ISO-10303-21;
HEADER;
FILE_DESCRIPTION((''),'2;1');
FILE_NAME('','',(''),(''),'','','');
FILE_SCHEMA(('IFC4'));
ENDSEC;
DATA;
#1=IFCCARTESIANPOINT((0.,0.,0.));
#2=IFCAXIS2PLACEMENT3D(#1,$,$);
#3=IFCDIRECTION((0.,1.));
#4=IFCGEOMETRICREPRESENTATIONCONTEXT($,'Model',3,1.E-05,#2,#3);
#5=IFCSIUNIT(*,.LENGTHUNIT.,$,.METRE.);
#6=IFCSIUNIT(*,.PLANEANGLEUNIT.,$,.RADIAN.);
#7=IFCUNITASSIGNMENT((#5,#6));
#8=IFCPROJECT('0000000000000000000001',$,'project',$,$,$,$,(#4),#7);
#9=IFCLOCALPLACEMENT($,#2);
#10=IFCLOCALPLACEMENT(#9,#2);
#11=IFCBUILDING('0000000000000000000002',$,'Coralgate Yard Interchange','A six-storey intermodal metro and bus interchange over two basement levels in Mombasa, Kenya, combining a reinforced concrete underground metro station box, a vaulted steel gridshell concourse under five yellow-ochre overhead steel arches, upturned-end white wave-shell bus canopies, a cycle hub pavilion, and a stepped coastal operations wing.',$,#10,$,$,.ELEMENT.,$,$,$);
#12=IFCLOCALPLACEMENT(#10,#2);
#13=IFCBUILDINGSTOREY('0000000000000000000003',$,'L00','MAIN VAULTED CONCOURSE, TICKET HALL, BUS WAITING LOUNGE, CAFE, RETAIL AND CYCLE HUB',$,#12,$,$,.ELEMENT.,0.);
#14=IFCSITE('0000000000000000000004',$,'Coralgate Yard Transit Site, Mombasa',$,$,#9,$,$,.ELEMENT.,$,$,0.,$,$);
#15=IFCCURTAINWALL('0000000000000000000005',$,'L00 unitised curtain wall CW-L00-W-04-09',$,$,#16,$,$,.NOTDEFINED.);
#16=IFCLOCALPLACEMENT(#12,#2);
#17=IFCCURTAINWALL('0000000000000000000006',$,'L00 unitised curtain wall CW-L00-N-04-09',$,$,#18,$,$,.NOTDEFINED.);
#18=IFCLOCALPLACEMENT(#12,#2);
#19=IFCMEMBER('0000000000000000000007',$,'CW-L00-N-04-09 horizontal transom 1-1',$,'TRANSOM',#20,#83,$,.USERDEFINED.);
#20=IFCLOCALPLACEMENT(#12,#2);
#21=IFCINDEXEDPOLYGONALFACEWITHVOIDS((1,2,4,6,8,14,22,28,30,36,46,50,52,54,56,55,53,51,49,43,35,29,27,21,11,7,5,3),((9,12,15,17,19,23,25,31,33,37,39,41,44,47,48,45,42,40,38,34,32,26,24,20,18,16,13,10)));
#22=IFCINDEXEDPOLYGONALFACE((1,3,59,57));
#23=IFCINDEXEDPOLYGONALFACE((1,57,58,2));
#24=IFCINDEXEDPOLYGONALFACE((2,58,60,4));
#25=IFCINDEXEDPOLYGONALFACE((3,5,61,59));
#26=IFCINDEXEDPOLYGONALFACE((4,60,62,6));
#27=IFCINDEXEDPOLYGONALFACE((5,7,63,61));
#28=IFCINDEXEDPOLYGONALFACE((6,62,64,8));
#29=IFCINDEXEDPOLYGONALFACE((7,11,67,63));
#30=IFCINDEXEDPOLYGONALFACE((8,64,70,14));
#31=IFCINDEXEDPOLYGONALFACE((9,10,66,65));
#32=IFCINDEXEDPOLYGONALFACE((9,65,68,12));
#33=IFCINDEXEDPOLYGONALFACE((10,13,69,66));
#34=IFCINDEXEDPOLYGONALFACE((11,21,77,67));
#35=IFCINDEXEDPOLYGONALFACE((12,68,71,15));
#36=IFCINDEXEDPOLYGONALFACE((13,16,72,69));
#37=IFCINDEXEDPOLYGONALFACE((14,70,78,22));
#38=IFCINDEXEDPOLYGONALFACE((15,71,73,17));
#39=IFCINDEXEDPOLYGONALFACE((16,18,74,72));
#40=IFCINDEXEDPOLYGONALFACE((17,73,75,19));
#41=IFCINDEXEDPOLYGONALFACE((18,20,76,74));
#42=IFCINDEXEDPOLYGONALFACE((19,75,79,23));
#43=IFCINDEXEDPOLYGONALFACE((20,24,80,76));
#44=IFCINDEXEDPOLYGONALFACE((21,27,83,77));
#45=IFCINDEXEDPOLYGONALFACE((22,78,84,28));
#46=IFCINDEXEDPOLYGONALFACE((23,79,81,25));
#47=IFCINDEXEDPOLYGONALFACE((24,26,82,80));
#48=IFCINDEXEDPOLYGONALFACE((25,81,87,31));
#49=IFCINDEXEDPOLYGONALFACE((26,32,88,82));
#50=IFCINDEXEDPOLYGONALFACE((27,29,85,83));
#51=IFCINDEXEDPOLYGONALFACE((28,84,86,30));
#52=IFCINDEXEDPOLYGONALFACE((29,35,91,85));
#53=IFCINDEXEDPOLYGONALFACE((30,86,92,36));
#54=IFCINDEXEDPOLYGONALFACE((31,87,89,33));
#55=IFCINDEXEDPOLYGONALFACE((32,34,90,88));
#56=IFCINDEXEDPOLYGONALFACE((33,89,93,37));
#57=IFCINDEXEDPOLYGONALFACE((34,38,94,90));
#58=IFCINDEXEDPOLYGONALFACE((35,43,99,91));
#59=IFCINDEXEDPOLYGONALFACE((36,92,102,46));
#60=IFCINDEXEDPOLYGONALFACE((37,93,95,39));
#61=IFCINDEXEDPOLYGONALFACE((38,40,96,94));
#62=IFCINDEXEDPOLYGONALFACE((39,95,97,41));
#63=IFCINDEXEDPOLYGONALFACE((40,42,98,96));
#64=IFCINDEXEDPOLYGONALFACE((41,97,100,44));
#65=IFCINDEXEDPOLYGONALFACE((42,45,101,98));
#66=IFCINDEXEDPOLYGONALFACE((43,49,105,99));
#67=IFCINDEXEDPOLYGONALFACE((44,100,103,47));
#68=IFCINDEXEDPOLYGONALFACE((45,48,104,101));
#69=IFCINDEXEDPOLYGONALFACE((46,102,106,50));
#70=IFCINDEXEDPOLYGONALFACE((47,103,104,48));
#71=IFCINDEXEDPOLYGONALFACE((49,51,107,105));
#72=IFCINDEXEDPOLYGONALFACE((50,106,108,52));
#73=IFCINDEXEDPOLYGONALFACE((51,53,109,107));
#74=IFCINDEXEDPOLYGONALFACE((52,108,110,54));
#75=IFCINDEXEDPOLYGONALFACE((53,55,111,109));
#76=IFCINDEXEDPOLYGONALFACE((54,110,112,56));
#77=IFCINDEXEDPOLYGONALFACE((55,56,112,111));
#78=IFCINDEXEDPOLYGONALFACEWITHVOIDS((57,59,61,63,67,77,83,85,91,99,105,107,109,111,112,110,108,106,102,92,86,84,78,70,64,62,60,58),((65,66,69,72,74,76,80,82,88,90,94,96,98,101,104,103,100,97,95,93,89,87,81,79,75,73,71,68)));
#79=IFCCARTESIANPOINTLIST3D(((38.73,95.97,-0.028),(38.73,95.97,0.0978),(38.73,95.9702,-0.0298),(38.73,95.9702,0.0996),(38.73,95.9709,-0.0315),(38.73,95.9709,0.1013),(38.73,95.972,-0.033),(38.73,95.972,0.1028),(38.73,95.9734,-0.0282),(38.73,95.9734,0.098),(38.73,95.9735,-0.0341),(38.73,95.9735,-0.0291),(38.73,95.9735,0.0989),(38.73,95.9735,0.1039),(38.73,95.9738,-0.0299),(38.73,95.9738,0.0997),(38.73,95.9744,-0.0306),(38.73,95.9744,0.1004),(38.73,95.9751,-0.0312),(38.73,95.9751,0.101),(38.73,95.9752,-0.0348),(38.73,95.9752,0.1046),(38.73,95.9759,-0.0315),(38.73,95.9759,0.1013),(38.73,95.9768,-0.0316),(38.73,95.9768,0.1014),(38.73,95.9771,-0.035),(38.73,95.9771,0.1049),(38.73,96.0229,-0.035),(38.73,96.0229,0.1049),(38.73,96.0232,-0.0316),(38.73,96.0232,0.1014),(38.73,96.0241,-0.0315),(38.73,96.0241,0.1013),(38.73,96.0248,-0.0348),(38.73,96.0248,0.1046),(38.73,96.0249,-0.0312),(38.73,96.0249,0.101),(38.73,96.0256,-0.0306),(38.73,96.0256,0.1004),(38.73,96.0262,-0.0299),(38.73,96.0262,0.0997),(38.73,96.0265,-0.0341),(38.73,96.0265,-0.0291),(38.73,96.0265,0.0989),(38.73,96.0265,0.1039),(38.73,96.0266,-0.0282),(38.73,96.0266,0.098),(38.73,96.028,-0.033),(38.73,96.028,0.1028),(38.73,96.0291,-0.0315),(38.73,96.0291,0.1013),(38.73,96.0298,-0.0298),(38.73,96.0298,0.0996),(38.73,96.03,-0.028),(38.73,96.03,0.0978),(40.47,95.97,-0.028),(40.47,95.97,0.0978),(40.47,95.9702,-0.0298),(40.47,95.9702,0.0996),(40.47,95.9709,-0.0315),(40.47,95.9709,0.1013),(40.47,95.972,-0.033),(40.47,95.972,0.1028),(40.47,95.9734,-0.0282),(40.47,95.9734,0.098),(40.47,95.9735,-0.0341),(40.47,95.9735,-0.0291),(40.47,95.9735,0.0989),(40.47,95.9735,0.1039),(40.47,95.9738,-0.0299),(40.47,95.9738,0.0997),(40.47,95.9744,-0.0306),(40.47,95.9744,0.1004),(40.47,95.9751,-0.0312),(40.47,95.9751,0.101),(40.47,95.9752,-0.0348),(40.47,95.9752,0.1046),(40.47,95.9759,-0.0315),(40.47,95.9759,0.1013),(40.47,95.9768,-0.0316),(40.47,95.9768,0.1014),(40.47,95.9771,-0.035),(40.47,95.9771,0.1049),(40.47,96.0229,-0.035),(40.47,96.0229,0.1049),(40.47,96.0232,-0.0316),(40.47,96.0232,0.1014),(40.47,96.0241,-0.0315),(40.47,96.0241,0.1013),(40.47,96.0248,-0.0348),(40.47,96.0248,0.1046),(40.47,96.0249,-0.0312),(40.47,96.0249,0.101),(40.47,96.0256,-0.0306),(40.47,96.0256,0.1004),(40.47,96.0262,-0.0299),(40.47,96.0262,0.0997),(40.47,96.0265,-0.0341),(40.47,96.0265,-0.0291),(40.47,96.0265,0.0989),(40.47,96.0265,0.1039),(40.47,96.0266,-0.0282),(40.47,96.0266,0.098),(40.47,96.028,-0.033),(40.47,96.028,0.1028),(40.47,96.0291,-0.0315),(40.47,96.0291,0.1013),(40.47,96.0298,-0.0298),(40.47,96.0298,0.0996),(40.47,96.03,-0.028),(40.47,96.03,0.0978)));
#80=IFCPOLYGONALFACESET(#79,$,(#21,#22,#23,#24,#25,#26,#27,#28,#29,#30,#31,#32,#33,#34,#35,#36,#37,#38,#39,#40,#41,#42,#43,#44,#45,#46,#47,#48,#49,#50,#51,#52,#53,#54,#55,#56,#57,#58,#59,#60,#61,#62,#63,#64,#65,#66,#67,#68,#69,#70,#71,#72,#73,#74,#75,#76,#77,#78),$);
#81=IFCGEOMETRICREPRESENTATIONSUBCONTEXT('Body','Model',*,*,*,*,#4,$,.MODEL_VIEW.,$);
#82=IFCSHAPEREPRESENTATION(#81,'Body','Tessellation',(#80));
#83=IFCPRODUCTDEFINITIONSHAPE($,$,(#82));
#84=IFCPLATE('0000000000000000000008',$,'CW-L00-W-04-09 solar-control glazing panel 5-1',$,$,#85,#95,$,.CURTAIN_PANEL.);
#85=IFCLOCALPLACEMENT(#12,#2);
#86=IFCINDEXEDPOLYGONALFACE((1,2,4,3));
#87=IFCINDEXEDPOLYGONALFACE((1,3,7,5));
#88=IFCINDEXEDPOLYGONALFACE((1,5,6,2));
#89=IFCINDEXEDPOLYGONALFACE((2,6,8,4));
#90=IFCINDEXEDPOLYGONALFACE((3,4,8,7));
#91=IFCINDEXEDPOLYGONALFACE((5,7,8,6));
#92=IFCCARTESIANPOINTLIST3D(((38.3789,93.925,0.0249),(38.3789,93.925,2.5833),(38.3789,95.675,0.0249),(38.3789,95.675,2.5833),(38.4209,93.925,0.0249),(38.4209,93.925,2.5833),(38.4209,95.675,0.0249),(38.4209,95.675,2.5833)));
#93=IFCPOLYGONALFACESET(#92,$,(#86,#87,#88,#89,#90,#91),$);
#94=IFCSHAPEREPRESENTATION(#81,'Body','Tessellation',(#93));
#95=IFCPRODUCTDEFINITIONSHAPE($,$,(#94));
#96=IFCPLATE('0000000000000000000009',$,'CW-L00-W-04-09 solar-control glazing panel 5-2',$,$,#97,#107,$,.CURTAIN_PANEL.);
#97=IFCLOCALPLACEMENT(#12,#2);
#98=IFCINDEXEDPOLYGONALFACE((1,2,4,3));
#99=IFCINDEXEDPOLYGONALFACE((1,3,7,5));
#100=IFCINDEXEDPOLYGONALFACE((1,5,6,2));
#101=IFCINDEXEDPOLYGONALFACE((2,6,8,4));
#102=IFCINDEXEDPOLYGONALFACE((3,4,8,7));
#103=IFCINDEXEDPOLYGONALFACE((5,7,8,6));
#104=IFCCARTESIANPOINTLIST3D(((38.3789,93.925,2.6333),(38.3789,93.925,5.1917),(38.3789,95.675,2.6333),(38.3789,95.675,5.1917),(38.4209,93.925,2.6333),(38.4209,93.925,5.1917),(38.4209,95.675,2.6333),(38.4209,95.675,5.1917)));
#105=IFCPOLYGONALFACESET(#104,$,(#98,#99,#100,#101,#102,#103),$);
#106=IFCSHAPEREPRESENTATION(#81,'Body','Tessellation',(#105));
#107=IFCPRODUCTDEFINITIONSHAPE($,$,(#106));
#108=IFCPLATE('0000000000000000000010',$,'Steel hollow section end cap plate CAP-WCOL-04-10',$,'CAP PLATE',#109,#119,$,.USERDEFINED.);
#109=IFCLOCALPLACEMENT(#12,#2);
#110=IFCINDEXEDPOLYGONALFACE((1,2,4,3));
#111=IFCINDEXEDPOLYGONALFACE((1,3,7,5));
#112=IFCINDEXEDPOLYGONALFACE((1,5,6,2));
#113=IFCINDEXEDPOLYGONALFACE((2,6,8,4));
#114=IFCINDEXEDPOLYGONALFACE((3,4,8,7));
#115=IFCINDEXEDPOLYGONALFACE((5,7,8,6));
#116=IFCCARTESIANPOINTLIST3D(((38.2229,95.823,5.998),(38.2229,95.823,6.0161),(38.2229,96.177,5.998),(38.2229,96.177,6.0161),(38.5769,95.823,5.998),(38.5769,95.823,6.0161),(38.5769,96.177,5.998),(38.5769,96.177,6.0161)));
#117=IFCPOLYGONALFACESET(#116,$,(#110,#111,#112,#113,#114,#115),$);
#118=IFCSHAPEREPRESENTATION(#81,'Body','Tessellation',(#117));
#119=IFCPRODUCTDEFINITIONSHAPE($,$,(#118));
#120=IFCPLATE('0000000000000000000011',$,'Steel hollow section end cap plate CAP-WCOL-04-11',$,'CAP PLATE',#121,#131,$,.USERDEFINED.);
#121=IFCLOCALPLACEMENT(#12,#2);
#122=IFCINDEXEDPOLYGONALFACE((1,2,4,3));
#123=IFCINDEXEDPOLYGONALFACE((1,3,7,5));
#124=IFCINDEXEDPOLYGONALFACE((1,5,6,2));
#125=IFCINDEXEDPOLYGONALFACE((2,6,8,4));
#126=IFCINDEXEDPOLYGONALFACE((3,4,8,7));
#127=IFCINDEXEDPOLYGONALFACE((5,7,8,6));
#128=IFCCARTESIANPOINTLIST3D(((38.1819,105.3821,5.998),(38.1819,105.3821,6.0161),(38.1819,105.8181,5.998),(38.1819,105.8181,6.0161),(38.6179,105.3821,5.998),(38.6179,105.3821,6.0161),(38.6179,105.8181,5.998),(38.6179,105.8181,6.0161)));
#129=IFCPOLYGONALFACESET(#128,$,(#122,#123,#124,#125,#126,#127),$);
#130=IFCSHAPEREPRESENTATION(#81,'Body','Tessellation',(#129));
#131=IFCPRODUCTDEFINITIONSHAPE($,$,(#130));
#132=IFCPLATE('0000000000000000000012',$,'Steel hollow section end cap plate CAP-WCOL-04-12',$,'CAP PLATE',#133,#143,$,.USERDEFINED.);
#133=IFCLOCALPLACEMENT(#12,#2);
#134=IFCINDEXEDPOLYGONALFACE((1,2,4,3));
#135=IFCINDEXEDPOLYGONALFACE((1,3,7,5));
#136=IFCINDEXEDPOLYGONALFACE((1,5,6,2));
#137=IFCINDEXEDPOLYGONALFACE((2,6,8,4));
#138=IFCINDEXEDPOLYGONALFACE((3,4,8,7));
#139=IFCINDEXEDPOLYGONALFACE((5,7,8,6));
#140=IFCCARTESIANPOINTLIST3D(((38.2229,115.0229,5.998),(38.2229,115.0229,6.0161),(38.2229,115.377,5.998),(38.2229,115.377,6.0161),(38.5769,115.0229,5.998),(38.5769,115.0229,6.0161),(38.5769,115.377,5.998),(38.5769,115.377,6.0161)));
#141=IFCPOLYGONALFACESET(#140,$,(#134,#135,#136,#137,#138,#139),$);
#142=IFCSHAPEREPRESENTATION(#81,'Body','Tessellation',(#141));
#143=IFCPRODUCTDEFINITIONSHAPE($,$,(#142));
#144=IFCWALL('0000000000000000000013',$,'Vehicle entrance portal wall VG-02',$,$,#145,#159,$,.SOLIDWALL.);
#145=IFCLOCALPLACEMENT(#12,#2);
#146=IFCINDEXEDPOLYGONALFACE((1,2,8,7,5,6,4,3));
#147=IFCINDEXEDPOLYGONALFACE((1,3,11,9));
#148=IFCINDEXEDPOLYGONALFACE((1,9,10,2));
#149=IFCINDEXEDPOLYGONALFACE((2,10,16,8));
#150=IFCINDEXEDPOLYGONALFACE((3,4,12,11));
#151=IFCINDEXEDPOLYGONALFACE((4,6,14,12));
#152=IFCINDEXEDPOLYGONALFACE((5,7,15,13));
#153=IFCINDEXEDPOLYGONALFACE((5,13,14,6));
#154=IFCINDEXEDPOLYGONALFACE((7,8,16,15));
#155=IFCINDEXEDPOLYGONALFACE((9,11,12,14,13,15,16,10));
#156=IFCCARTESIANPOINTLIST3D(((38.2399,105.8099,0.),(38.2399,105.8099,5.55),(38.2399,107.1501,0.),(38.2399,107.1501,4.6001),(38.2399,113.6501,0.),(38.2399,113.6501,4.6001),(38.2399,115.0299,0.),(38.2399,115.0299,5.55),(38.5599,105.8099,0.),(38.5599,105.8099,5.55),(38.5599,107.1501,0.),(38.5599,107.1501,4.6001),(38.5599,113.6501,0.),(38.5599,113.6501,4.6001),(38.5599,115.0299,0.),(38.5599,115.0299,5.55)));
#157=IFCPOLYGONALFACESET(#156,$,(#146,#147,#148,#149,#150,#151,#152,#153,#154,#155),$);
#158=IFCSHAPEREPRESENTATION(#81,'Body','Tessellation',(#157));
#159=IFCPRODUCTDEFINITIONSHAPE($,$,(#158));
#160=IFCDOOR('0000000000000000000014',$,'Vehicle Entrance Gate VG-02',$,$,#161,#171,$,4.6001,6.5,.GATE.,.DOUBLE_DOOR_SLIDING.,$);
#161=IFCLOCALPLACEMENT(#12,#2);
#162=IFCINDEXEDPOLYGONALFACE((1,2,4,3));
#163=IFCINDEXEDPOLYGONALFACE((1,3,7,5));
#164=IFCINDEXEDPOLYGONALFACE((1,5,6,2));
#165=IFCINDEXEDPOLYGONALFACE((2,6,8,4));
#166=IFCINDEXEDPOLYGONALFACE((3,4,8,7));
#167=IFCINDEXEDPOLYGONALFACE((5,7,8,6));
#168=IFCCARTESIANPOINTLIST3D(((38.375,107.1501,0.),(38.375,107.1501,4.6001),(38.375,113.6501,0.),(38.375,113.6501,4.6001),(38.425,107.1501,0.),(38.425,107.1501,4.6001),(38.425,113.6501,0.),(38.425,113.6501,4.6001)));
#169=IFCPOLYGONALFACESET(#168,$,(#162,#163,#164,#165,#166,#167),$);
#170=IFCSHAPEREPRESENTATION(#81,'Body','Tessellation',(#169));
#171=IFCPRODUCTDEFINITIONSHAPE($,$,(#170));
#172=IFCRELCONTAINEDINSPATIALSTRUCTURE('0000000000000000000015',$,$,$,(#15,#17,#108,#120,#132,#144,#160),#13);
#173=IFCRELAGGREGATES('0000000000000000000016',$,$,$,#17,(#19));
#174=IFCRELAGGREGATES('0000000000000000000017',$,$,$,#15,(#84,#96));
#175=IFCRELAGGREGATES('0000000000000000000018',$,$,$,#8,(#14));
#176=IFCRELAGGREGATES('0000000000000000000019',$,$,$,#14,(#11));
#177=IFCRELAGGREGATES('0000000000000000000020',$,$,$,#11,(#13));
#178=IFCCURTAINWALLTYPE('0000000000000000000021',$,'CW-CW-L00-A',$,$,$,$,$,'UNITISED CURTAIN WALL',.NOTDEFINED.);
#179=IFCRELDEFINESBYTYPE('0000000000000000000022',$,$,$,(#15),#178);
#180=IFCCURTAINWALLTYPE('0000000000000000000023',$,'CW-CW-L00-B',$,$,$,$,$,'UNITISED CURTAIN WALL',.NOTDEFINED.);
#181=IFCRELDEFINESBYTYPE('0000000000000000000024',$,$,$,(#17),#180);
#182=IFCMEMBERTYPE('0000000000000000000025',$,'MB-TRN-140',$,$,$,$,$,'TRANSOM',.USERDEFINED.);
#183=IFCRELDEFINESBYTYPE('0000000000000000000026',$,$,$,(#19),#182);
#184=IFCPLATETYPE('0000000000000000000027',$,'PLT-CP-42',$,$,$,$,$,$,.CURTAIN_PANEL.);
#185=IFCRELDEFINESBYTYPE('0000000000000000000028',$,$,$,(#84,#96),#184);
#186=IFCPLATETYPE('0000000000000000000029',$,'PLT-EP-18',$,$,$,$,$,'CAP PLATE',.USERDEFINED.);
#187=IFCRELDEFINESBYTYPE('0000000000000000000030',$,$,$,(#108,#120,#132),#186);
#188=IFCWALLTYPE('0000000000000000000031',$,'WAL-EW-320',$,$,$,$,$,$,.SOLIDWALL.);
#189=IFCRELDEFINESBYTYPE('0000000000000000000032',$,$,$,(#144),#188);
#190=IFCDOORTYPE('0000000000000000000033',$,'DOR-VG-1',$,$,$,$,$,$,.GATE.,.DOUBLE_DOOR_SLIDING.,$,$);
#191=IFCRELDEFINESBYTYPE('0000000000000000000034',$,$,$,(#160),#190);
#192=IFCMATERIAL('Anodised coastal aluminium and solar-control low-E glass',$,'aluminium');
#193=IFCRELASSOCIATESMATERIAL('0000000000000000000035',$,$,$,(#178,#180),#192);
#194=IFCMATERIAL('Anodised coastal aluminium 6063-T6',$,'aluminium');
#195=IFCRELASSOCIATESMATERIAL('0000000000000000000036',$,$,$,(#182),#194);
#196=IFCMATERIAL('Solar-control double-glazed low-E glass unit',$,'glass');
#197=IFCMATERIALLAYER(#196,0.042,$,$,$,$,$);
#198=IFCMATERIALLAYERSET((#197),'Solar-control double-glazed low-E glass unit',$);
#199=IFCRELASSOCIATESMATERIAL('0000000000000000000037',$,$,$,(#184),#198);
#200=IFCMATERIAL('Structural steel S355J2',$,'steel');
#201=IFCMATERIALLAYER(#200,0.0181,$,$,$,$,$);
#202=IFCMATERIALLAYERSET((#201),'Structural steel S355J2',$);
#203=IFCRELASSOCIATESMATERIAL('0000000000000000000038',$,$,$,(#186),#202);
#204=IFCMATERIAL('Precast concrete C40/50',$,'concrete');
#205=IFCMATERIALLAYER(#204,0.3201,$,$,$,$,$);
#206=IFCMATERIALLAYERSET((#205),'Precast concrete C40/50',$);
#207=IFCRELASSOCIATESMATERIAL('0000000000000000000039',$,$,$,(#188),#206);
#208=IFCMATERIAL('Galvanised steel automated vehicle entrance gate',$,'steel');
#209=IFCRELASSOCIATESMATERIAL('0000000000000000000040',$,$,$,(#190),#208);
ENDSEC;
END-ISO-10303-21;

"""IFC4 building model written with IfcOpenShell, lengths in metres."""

from ifc_helpers import new_model, si_unit, direction, frame, frame_2d, origin, origin_2d, place, context, subcontext, project, spatial, rectangle, hollow_rectangle, extrude, material, layer, layer_set, material_profile, profile_set, type_object, element, fill, aggregate, save


model = new_model("IFC4")

# Units and contexts
model_context = context("Model", 3, precision=1e-05, world=origin(), true_north=direction((0.0, 1.0)))
body_context = subcontext(model_context, "Body", "Model", "MODEL_VIEW")
ifc_project = project(units=[si_unit("LENGTHUNIT", "METRE"), si_unit("PLANEANGLEUNIT", "RADIAN")], contexts=[model_context])

# Site, building, storey
site_placement = place(None, origin())
site = spatial("IfcSite", under=ifc_project, at=site_placement, Name="Coralgate Yard Transit Site, Mombasa", CompositionType="ELEMENT", RefElevation=0.0)
building_placement = place(site_placement, origin())
building = spatial("IfcBuilding", under=site, at=building_placement, Name="Coralgate Yard Interchange", Description="A six-storey intermodal metro and bus interchange over two basement levels in Mombasa, Kenya, combining a reinforced concrete underground metro station box, a vaulted steel gridshell concourse under five yellow-ochre overhead steel arches, upturned-end white wave-shell bus canopies, a cycle hub pavilion, and a stepped coastal operations wing.", CompositionType="ELEMENT")
storey_placement = place(building_placement, origin())
storey = spatial("IfcBuildingStorey", under=building, at=storey_placement, Name="L00", Description="MAIN VAULTED CONCOURSE, TICKET HALL, BUS WAITING LOUNGE, CAFE, RETAIL AND CYCLE HUB", CompositionType="ELEMENT", Elevation=0.0)

# Shared definitions
ifc_material_1 = material(Name="Structural steel S355J2", Category="steel")

# Curtain wall
ifc_material_2 = material(Name="Anodised coastal aluminium and solar-control low-E glass", Category="aluminium")
curtain_wall_type_1 = type_object("IfcCurtainWallType", Name="CW-CW-L00-A", ElementType="UNITISED CURTAIN WALL", PredefinedType="NOTDEFINED", material=ifc_material_2)
curtain_wall_1_placement = place(storey_placement, origin())
curtain_wall_1 = element("IfcCurtainWall", 1, at=curtain_wall_1_placement, inside=storey, type_object=curtain_wall_type_1, Name="L00 unitised curtain wall CW-L00-W-04-09", PredefinedType="NOTDEFINED")
ifc_material_3 = material(Name="Anodised coastal aluminium 6063-T6", Category="aluminium")

# Curtain wall, member
curtain_wall_type_2 = type_object("IfcCurtainWallType", Name="CW-CW-L00-B", ElementType="UNITISED CURTAIN WALL", PredefinedType="NOTDEFINED", material=ifc_material_2)
curtain_wall_2_placement = place(storey_placement, origin())
curtain_wall_2 = element("IfcCurtainWall", 2, at=curtain_wall_2_placement, inside=storey, type_object=curtain_wall_type_2, Name="L00 unitised curtain wall CW-L00-N-04-09", PredefinedType="NOTDEFINED")
ifc_material_profile_1 = material_profile(ifc_material_3, hollow_rectangle(XDim=0.0601, YDim=0.1399, WallThickness=0.0034, InnerFilletRadius=0.0034, OuterFilletRadius=0.0071, at=origin_2d()), Name="ALU 60x140x3.5")
ifc_profile_set_1 = profile_set([ifc_material_profile_1], Name="Anodised coastal aluminium 6063-T6")
member_type_1 = type_object("IfcMemberType", Name="MB-TRN-140", ElementType="TRANSOM", PredefinedType="USERDEFINED", material=ifc_profile_set_1)
member_1_placement = place(storey_placement, frame((38.73, 96.0, 0.0349), z_axis=(1.0, 0.0, 0.0), x_axis=(0.0, 1.0, 0.0)))
member_1 = element("IfcMember", 3, at=member_1_placement, type_object=member_type_1, Name="CW-L00-N-04-09 horizontal transom 1-1", ObjectType="TRANSOM", PredefinedType="USERDEFINED", context=body_context, shape_type="SweptSolid", body=[
    extrude(hollow_rectangle(XDim=0.0601, YDim=0.1399, WallThickness=0.0034, InnerFilletRadius=0.0034, OuterFilletRadius=0.0071, at=origin_2d()), origin(), (0.0, 0.0, 1.0), 1.74),
])
aggregate(curtain_wall_2, [member_1])

# Plates
ifc_material_4 = material(Name="Solar-control double-glazed low-E glass unit", Category="glass")
ifc_layer_1 = layer(ifc_material_4, 0.042)
ifc_layer_set_1 = layer_set([ifc_layer_1], Name="Solar-control double-glazed low-E glass unit")
plate_type_1 = type_object("IfcPlateType", Name="PLT-CP-42", PredefinedType="CURTAIN_PANEL", material=ifc_layer_set_1)
plate_1_placement = place(storey_placement, frame((38.3999, 94.8, 0.0249), z_axis=(0.0, 0.0, 1.0), x_axis=(0.0, 1.0, 0.0)))
plate_1 = element("IfcPlate", 4, at=plate_1_placement, type_object=plate_type_1, Name="CW-L00-W-04-09 solar-control glazing panel 5-1", PredefinedType="CURTAIN_PANEL", context=body_context, shape_type="SweptSolid", body=[
    extrude(rectangle(XDim=1.75, YDim=0.042, at=origin_2d()), origin(), (0.0, 0.0, 1.0), 2.5583),
])
plate_2_placement = place(storey_placement, frame((38.3999, 94.8, 2.6333), z_axis=(0.0, 0.0, 1.0), x_axis=(0.0, 1.0, 0.0)))
plate_2 = element("IfcPlate", 5, at=plate_2_placement, type_object=plate_type_1, Name="CW-L00-W-04-09 solar-control glazing panel 5-2", PredefinedType="CURTAIN_PANEL", context=body_context, shape_type="SweptSolid", body=[
    extrude(rectangle(XDim=1.75, YDim=0.042, at=origin_2d()), origin(), (0.0, 0.0, 1.0), 2.5583),
])
aggregate(curtain_wall_1, [plate_1, plate_2])

# Plates
ifc_layer_2 = layer(ifc_material_1, 0.0181)
ifc_layer_set_2 = layer_set([ifc_layer_2], Name="Structural steel S355J2")
plate_type_2 = type_object("IfcPlateType", Name="PLT-EP-18", ElementType="CAP PLATE", PredefinedType="USERDEFINED", material=ifc_layer_set_2)
plate_3_placement = place(storey_placement, frame((38.3999, 96.0, 5.998), z_axis=(0.0, 0.0, 1.0), x_axis=(1.0, 0.0, 0.0)))
element("IfcPlate", 6, at=plate_3_placement, inside=storey, type_object=plate_type_2, Name="Steel hollow section end cap plate CAP-WCOL-04-10", ObjectType="CAP PLATE", PredefinedType="USERDEFINED", context=body_context, shape_type="SweptSolid", body=[
    extrude(rectangle(XDim=0.354, YDim=0.354, at=origin_2d()), origin(), (0.0, 0.0, 1.0), 0.0181),
])
plate_4_placement = place(storey_placement, frame((38.3999, 105.6001, 5.998), z_axis=(0.0, 0.0, 1.0), x_axis=(1.0, 0.0, 0.0)))
element("IfcPlate", 7, at=plate_4_placement, inside=storey, type_object=plate_type_2, Name="Steel hollow section end cap plate CAP-WCOL-04-11", ObjectType="CAP PLATE", PredefinedType="USERDEFINED", context=body_context, shape_type="SweptSolid", body=[
    extrude(rectangle(XDim=0.436, YDim=0.436, at=origin_2d()), origin(), (0.0, 0.0, 1.0), 0.0181),
])
plate_5_placement = place(storey_placement, frame((38.3999, 115.2, 5.998), z_axis=(0.0, 0.0, 1.0), x_axis=(1.0, 0.0, 0.0)))
element("IfcPlate", 8, at=plate_5_placement, inside=storey, type_object=plate_type_2, Name="Steel hollow section end cap plate CAP-WCOL-04-12", ObjectType="CAP PLATE", PredefinedType="USERDEFINED", context=body_context, shape_type="SweptSolid", body=[
    extrude(rectangle(XDim=0.354, YDim=0.354, at=origin_2d()), origin(), (0.0, 0.0, 1.0), 0.0181),
])

# Wall, opening, door
ifc_material_5 = material(Name="Precast concrete C40/50", Category="concrete")
ifc_layer_3 = layer(ifc_material_5, 0.3201)
ifc_layer_set_3 = layer_set([ifc_layer_3], Name="Precast concrete C40/50")
wall_type = type_object("IfcWallType", Name="WAL-EW-320", PredefinedType="SOLIDWALL", material=ifc_layer_set_3)
wall_placement = place(storey_placement, frame((38.3999, 105.8101, 0.0), z_axis=(0.0, 0.0, 1.0), x_axis=(0.0, 1.0, 0.0)))
wall = element("IfcWall", 9, at=wall_placement, inside=storey, type_object=wall_type, Name="Vehicle entrance portal wall VG-02", PredefinedType="SOLIDWALL", context=body_context, shape_type="SweptSolid", body=[
    extrude(rectangle(XDim=9.22, YDim=0.3201, at=frame_2d((4.6099, 0.0))), origin(), (0.0, 0.0, 1.0), 5.55),
])
opening_placement = place(wall_placement, frame((1.3401, 0.0, 0.0)))
opening = element("IfcOpeningElement", 10, at=opening_placement, cuts=wall, PredefinedType="OPENING", context=body_context, shape_type="SweptSolid", body=[
    extrude(rectangle(XDim=6.5, YDim=4.6001, at=frame_2d((3.25, 2.3))), frame((0.0, 0.1699, 0.0), z_axis=(0.0, -1.0, 0.0), x_axis=(1.0, 0.0, 0.0)), (0.0, 0.0, 1.0), 0.3401),
])
ifc_material_6 = material(Name="Galvanised steel automated vehicle entrance gate", Category="steel")
door_type = type_object("IfcDoorType", Name="DOR-VG-1", OperationType="DOUBLE_DOOR_SLIDING", PredefinedType="GATE", material=ifc_material_6)
door_placement = place(opening_placement, origin())
door = element("IfcDoor", 11, at=door_placement, inside=storey, type_object=door_type, Name="Vehicle Entrance Gate VG-02", OperationType="DOUBLE_DOOR_SLIDING", OverallHeight=4.6001, OverallWidth=6.5, PredefinedType="GATE", context=body_context, shape_type="SweptSolid", body=[
    extrude(rectangle(XDim=6.5, YDim=4.6001, at=frame_2d((3.25, 2.3))), frame((0.0, 0.0249, 0.0), z_axis=(0.0, -1.0, 0.0), x_axis=(1.0, 0.0, 0.0)), (0.0, 0.0, 1.0), 0.05),
])
fill(opening, door)

save(model, "model.ifc")
